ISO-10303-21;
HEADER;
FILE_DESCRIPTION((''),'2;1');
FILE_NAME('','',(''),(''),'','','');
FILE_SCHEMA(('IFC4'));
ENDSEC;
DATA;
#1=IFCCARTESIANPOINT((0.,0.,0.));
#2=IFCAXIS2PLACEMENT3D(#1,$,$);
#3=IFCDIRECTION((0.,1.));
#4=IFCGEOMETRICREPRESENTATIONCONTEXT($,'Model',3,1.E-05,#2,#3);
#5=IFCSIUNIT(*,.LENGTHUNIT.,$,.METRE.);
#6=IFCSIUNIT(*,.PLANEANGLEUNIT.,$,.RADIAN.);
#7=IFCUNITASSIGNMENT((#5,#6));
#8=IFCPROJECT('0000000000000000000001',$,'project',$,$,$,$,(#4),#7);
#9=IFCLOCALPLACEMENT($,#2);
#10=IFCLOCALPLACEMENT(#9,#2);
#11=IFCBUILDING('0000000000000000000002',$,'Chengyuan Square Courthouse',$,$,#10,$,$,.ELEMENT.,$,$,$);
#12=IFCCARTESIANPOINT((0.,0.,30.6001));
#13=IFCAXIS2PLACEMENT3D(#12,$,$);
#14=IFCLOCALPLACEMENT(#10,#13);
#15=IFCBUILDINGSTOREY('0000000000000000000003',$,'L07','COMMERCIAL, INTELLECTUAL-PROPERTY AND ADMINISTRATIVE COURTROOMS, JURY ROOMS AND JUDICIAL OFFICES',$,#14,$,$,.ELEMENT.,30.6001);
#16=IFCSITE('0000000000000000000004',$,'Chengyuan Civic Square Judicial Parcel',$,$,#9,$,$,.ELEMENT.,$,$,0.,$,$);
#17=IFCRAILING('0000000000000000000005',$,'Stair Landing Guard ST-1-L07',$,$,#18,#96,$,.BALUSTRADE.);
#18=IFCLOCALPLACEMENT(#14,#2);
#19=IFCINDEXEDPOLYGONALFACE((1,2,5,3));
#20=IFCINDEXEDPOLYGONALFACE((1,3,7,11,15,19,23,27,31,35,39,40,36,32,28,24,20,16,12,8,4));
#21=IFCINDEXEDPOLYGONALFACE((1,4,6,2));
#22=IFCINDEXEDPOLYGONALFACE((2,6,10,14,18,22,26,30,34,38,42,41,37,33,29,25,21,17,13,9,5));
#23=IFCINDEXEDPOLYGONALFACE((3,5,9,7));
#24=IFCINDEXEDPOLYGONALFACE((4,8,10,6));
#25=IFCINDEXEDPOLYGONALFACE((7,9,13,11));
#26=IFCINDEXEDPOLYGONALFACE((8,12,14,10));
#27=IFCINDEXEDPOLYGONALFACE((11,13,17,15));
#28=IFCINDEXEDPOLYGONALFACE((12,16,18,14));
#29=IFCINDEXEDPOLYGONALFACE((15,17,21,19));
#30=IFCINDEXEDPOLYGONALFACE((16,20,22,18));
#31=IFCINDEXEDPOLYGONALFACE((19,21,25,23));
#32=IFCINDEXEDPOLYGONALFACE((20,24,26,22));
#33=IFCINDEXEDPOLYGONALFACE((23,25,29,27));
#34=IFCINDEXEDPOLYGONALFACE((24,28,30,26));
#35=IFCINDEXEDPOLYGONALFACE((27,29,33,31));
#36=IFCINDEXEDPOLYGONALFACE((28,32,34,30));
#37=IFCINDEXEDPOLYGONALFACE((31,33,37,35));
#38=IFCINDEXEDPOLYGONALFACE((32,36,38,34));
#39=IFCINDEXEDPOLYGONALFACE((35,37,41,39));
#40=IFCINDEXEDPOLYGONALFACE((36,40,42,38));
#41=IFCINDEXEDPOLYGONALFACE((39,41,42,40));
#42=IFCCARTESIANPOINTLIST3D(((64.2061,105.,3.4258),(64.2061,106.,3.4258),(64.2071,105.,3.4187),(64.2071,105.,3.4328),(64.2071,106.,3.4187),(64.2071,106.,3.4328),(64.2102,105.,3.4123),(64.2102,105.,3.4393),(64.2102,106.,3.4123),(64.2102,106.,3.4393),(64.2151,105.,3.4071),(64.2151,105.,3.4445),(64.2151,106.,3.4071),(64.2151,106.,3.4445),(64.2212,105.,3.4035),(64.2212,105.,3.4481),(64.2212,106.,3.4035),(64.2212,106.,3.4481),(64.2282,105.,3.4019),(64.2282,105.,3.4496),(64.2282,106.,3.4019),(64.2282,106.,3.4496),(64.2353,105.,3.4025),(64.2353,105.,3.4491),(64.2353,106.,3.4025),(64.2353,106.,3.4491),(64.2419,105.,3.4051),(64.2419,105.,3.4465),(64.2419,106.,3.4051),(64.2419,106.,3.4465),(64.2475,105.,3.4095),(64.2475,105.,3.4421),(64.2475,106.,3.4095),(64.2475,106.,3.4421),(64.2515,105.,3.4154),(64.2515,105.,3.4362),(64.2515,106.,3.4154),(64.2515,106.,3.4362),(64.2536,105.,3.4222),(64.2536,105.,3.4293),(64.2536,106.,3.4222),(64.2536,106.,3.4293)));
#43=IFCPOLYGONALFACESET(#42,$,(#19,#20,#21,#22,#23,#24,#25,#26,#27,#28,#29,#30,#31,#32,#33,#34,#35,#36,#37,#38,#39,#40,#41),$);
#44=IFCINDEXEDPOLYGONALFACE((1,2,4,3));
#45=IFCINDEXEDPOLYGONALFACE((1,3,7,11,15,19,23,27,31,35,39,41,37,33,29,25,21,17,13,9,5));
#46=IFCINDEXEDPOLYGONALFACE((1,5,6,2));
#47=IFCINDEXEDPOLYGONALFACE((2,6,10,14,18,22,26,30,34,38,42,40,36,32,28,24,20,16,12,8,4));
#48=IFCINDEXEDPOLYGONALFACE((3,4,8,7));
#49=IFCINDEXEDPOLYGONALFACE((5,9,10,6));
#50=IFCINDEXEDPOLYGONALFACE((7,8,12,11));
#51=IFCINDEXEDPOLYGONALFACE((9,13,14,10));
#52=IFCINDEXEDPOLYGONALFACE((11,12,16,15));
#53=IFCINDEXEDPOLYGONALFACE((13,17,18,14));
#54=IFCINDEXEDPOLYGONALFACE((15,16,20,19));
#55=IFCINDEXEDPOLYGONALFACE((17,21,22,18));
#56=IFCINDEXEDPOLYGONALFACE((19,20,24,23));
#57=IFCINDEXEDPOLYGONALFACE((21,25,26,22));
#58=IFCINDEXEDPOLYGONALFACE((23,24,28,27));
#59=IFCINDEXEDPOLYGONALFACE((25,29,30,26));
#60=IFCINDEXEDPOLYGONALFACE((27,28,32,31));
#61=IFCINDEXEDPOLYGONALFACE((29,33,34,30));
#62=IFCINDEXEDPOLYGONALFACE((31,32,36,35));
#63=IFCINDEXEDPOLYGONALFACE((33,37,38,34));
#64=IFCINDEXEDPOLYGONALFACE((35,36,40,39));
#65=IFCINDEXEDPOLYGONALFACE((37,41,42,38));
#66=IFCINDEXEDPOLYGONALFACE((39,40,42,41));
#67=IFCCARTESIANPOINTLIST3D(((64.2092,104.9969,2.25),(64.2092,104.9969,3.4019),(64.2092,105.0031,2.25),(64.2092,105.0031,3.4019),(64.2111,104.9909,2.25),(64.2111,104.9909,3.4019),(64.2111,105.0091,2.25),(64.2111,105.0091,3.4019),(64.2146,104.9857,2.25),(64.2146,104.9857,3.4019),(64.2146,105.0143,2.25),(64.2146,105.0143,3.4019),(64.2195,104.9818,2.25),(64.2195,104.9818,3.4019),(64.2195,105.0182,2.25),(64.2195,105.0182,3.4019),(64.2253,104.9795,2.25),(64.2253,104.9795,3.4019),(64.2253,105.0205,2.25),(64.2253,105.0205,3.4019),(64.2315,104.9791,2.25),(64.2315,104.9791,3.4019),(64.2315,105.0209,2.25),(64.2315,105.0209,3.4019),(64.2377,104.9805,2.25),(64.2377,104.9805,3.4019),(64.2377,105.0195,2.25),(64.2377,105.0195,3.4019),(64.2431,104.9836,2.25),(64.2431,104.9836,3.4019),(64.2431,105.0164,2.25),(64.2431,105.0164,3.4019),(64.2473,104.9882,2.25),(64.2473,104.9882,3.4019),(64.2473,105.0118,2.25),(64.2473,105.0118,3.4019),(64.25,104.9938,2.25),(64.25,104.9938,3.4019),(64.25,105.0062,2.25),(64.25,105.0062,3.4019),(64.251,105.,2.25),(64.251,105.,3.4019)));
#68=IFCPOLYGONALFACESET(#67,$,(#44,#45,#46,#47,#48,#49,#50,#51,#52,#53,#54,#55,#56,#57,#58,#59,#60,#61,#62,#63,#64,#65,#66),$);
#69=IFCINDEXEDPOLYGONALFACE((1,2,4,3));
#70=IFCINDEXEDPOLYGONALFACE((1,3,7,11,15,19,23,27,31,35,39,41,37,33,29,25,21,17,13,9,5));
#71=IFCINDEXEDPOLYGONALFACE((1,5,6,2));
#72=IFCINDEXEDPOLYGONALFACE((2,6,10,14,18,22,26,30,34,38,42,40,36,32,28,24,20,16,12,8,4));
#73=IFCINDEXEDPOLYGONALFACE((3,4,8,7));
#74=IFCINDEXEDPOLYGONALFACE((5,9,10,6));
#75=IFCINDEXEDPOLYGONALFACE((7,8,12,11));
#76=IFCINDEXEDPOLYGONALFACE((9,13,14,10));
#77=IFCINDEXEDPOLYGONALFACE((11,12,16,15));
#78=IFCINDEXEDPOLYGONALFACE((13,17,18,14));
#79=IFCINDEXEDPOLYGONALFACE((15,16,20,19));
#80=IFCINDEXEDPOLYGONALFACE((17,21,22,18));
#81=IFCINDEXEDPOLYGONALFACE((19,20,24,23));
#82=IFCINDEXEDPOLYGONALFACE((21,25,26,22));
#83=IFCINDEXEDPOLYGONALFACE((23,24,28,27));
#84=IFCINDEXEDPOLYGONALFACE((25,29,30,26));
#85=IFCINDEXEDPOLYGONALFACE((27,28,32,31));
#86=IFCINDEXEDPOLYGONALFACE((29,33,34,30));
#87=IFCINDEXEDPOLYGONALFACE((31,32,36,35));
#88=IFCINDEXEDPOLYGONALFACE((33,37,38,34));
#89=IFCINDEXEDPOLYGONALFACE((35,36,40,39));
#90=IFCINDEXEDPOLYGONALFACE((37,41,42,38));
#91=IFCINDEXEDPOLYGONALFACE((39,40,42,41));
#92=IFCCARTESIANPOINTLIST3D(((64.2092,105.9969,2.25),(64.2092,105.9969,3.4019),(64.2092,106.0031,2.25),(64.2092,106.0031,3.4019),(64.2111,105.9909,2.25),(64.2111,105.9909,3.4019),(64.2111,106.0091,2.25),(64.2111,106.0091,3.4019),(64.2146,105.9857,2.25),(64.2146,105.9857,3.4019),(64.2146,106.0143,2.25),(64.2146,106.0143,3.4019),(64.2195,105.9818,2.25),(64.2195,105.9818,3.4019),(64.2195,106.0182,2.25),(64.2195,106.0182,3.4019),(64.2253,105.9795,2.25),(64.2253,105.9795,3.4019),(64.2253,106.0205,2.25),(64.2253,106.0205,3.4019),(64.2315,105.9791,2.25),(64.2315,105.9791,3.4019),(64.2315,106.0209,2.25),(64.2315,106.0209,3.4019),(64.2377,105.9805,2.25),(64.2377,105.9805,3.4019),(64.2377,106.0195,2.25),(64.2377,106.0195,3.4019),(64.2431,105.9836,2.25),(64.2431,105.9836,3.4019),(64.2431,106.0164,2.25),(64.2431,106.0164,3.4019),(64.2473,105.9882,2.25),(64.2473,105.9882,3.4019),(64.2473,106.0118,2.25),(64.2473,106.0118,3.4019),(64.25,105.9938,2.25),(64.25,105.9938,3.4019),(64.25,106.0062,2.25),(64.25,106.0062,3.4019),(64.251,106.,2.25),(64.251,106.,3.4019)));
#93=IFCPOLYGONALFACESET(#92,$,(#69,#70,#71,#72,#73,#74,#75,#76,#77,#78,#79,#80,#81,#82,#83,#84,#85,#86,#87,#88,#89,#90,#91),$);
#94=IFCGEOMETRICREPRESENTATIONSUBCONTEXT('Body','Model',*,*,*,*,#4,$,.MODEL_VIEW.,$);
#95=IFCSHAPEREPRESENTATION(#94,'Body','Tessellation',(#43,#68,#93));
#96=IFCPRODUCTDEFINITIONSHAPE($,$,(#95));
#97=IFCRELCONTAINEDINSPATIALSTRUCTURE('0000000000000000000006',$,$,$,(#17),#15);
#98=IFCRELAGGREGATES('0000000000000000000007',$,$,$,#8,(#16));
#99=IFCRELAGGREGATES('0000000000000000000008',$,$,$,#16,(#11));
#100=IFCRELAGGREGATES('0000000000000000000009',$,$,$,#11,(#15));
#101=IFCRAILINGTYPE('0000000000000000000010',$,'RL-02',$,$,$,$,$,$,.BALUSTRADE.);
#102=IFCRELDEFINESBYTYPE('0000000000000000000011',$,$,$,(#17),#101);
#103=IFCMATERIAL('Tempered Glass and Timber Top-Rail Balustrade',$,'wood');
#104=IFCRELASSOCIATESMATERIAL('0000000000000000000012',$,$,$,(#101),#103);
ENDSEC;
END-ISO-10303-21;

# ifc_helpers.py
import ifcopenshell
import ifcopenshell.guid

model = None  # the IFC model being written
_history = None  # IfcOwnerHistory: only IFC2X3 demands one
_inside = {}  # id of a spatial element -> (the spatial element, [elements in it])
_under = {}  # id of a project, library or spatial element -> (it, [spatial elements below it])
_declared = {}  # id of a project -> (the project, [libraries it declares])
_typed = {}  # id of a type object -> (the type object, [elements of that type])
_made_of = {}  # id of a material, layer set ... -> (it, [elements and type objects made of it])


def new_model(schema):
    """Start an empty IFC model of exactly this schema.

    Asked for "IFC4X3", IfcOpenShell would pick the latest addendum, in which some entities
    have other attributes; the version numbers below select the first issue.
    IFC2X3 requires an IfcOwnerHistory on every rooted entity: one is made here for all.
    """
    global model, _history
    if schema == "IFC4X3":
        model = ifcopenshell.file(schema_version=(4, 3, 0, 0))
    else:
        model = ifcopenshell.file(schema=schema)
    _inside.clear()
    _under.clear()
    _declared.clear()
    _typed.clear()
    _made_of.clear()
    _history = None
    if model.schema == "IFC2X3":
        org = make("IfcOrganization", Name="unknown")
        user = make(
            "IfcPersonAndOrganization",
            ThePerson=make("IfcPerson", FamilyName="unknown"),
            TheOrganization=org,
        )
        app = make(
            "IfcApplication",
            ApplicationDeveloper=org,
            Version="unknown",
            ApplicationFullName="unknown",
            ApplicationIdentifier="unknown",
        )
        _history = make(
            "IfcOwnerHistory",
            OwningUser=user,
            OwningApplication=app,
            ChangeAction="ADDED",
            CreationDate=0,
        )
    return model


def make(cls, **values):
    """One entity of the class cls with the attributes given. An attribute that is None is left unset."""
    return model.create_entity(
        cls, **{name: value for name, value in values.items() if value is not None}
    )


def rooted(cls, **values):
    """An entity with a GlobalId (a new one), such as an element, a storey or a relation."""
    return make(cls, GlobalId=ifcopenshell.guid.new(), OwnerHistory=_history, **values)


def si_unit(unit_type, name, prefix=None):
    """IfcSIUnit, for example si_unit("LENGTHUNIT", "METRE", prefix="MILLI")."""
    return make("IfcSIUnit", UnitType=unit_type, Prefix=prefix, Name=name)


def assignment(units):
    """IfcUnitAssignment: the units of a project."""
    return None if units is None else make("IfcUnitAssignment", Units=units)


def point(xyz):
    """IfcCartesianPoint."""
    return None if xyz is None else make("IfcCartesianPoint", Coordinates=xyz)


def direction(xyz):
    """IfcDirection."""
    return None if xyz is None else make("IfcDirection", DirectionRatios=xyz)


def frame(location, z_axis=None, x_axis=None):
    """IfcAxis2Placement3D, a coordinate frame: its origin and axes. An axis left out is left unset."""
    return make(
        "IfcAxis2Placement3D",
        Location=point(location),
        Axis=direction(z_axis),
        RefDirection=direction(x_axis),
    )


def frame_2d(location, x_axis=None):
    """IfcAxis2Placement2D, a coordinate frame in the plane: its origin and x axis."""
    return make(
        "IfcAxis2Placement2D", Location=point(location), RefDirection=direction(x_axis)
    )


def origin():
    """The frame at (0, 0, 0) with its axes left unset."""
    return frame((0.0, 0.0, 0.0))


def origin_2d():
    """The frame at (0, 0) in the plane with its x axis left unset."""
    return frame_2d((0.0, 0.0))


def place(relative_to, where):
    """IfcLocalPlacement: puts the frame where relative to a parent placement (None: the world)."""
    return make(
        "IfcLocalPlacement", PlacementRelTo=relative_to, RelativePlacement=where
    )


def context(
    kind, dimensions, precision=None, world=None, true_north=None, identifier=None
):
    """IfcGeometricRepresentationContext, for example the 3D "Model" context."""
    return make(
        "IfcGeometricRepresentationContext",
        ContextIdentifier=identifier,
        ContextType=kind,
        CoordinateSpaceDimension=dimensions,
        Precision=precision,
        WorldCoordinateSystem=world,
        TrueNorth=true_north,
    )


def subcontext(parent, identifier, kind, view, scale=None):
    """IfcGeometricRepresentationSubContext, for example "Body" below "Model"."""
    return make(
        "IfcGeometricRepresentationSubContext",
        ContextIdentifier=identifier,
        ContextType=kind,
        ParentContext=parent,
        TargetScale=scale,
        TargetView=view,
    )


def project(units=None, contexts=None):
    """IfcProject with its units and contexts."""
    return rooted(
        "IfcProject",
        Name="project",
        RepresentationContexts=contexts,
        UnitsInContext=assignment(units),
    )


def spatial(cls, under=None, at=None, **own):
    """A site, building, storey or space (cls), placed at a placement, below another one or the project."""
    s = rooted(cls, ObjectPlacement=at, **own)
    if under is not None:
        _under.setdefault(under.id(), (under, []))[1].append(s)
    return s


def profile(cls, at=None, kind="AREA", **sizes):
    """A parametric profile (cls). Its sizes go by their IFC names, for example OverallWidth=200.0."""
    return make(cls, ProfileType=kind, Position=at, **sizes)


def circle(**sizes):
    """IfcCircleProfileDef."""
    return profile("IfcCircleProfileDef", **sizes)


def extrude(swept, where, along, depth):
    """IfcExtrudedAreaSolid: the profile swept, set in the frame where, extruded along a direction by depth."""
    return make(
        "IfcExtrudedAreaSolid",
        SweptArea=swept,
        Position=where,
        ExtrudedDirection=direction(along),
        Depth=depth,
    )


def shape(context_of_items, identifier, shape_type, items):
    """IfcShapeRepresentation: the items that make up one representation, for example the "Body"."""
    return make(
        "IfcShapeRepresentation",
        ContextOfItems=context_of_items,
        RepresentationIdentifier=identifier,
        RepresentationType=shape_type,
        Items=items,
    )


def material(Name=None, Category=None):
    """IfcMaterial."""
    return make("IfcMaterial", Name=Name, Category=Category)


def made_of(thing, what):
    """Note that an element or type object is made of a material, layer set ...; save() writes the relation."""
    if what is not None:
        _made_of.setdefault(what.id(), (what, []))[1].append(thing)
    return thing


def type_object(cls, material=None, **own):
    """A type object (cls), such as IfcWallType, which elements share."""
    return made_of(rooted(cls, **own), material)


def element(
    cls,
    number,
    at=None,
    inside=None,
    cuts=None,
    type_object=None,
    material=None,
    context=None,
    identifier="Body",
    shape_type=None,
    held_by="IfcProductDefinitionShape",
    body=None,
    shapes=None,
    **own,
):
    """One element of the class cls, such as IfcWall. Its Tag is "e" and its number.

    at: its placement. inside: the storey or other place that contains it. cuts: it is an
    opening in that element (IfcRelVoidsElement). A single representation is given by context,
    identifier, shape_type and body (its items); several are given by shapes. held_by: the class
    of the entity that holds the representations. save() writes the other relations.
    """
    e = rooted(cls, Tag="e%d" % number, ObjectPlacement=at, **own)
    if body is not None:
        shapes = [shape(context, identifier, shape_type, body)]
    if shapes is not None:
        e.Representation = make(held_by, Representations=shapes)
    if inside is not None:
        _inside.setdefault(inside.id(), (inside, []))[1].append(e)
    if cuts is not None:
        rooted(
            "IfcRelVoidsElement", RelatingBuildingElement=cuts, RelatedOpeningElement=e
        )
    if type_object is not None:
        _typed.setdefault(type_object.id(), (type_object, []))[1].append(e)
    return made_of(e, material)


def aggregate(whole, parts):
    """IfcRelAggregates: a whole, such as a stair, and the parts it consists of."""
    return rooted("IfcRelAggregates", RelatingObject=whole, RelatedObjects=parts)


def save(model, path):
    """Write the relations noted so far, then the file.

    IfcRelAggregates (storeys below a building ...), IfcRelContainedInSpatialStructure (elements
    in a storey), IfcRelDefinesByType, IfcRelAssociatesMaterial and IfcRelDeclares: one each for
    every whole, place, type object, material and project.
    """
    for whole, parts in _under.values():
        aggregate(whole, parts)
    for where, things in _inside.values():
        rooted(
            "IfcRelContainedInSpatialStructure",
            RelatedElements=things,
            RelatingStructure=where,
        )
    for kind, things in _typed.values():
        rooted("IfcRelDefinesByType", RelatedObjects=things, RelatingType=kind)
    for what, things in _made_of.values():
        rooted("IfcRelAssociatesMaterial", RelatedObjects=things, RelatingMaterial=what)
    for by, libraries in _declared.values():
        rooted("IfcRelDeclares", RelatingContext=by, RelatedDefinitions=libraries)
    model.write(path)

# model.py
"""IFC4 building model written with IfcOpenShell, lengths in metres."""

from ifc_helpers import new_model, si_unit, direction, frame, origin, origin_2d, place, context, subcontext, project, spatial, circle, extrude, material, type_object, element, save


model = new_model("IFC4")

# Units and contexts
model_context = context("Model", 3, precision=1e-05, world=origin(), true_north=direction((0.0, 1.0)))
body_context = subcontext(model_context, "Body", "Model", "MODEL_VIEW")
ifc_project = project(units=[si_unit("LENGTHUNIT", "METRE"), si_unit("PLANEANGLEUNIT", "RADIAN")], contexts=[model_context])

# Site, building, storey
site_placement = place(None, origin())
site = spatial("IfcSite", under=ifc_project, at=site_placement, Name="Chengyuan Civic Square Judicial Parcel", CompositionType="ELEMENT", RefElevation=0.0)
building_placement = place(site_placement, origin())
building = spatial("IfcBuilding", under=site, at=building_placement, Name="Chengyuan Square Courthouse", CompositionType="ELEMENT")
storey_placement = place(building_placement, frame((0.0, 0.0, 30.6001)))
storey = spatial("IfcBuildingStorey", under=building, at=storey_placement, Name="L07", Description="COMMERCIAL, INTELLECTUAL-PROPERTY AND ADMINISTRATIVE COURTROOMS, JURY ROOMS AND JUDICIAL OFFICES", CompositionType="ELEMENT", Elevation=30.6001)

# Railing
ifc_material_1 = material(Name="Tempered Glass and Timber Top-Rail Balustrade", Category="wood")
railing_type_1 = type_object("IfcRailingType", Name="RL-02", PredefinedType="BALUSTRADE", material=ifc_material_1)
for number, where, name in (
    (1, (64.23, 105.0, 2.25), "Stair Landing Guard ST-1-L07"),
):
    element("IfcRailing", number, at=place(storey_placement, frame(where)), inside=storey, type_object=railing_type_1, Name=name, PredefinedType="BALUSTRADE", context=body_context, shape_type="SweptSolid", body=[
        extrude(circle(Radius=0.0239, at=origin_2d()), frame((0.0, 0.0, 1.1758), z_axis=(0.0, 1.0, 0.0), x_axis=(-1.0, 0.0, 0.0)), (0.0, 0.0, 1.0), 1.0),
        extrude(circle(Radius=0.021, at=origin_2d()), origin(), (0.0, 0.0, 1.0), 1.1519),
        extrude(circle(Radius=0.021, at=origin_2d()), frame((0.0, 1.0, 0.0)), (0.0, 0.0, 1.0), 1.1519),
    ])

save(model, "model.ifc")
